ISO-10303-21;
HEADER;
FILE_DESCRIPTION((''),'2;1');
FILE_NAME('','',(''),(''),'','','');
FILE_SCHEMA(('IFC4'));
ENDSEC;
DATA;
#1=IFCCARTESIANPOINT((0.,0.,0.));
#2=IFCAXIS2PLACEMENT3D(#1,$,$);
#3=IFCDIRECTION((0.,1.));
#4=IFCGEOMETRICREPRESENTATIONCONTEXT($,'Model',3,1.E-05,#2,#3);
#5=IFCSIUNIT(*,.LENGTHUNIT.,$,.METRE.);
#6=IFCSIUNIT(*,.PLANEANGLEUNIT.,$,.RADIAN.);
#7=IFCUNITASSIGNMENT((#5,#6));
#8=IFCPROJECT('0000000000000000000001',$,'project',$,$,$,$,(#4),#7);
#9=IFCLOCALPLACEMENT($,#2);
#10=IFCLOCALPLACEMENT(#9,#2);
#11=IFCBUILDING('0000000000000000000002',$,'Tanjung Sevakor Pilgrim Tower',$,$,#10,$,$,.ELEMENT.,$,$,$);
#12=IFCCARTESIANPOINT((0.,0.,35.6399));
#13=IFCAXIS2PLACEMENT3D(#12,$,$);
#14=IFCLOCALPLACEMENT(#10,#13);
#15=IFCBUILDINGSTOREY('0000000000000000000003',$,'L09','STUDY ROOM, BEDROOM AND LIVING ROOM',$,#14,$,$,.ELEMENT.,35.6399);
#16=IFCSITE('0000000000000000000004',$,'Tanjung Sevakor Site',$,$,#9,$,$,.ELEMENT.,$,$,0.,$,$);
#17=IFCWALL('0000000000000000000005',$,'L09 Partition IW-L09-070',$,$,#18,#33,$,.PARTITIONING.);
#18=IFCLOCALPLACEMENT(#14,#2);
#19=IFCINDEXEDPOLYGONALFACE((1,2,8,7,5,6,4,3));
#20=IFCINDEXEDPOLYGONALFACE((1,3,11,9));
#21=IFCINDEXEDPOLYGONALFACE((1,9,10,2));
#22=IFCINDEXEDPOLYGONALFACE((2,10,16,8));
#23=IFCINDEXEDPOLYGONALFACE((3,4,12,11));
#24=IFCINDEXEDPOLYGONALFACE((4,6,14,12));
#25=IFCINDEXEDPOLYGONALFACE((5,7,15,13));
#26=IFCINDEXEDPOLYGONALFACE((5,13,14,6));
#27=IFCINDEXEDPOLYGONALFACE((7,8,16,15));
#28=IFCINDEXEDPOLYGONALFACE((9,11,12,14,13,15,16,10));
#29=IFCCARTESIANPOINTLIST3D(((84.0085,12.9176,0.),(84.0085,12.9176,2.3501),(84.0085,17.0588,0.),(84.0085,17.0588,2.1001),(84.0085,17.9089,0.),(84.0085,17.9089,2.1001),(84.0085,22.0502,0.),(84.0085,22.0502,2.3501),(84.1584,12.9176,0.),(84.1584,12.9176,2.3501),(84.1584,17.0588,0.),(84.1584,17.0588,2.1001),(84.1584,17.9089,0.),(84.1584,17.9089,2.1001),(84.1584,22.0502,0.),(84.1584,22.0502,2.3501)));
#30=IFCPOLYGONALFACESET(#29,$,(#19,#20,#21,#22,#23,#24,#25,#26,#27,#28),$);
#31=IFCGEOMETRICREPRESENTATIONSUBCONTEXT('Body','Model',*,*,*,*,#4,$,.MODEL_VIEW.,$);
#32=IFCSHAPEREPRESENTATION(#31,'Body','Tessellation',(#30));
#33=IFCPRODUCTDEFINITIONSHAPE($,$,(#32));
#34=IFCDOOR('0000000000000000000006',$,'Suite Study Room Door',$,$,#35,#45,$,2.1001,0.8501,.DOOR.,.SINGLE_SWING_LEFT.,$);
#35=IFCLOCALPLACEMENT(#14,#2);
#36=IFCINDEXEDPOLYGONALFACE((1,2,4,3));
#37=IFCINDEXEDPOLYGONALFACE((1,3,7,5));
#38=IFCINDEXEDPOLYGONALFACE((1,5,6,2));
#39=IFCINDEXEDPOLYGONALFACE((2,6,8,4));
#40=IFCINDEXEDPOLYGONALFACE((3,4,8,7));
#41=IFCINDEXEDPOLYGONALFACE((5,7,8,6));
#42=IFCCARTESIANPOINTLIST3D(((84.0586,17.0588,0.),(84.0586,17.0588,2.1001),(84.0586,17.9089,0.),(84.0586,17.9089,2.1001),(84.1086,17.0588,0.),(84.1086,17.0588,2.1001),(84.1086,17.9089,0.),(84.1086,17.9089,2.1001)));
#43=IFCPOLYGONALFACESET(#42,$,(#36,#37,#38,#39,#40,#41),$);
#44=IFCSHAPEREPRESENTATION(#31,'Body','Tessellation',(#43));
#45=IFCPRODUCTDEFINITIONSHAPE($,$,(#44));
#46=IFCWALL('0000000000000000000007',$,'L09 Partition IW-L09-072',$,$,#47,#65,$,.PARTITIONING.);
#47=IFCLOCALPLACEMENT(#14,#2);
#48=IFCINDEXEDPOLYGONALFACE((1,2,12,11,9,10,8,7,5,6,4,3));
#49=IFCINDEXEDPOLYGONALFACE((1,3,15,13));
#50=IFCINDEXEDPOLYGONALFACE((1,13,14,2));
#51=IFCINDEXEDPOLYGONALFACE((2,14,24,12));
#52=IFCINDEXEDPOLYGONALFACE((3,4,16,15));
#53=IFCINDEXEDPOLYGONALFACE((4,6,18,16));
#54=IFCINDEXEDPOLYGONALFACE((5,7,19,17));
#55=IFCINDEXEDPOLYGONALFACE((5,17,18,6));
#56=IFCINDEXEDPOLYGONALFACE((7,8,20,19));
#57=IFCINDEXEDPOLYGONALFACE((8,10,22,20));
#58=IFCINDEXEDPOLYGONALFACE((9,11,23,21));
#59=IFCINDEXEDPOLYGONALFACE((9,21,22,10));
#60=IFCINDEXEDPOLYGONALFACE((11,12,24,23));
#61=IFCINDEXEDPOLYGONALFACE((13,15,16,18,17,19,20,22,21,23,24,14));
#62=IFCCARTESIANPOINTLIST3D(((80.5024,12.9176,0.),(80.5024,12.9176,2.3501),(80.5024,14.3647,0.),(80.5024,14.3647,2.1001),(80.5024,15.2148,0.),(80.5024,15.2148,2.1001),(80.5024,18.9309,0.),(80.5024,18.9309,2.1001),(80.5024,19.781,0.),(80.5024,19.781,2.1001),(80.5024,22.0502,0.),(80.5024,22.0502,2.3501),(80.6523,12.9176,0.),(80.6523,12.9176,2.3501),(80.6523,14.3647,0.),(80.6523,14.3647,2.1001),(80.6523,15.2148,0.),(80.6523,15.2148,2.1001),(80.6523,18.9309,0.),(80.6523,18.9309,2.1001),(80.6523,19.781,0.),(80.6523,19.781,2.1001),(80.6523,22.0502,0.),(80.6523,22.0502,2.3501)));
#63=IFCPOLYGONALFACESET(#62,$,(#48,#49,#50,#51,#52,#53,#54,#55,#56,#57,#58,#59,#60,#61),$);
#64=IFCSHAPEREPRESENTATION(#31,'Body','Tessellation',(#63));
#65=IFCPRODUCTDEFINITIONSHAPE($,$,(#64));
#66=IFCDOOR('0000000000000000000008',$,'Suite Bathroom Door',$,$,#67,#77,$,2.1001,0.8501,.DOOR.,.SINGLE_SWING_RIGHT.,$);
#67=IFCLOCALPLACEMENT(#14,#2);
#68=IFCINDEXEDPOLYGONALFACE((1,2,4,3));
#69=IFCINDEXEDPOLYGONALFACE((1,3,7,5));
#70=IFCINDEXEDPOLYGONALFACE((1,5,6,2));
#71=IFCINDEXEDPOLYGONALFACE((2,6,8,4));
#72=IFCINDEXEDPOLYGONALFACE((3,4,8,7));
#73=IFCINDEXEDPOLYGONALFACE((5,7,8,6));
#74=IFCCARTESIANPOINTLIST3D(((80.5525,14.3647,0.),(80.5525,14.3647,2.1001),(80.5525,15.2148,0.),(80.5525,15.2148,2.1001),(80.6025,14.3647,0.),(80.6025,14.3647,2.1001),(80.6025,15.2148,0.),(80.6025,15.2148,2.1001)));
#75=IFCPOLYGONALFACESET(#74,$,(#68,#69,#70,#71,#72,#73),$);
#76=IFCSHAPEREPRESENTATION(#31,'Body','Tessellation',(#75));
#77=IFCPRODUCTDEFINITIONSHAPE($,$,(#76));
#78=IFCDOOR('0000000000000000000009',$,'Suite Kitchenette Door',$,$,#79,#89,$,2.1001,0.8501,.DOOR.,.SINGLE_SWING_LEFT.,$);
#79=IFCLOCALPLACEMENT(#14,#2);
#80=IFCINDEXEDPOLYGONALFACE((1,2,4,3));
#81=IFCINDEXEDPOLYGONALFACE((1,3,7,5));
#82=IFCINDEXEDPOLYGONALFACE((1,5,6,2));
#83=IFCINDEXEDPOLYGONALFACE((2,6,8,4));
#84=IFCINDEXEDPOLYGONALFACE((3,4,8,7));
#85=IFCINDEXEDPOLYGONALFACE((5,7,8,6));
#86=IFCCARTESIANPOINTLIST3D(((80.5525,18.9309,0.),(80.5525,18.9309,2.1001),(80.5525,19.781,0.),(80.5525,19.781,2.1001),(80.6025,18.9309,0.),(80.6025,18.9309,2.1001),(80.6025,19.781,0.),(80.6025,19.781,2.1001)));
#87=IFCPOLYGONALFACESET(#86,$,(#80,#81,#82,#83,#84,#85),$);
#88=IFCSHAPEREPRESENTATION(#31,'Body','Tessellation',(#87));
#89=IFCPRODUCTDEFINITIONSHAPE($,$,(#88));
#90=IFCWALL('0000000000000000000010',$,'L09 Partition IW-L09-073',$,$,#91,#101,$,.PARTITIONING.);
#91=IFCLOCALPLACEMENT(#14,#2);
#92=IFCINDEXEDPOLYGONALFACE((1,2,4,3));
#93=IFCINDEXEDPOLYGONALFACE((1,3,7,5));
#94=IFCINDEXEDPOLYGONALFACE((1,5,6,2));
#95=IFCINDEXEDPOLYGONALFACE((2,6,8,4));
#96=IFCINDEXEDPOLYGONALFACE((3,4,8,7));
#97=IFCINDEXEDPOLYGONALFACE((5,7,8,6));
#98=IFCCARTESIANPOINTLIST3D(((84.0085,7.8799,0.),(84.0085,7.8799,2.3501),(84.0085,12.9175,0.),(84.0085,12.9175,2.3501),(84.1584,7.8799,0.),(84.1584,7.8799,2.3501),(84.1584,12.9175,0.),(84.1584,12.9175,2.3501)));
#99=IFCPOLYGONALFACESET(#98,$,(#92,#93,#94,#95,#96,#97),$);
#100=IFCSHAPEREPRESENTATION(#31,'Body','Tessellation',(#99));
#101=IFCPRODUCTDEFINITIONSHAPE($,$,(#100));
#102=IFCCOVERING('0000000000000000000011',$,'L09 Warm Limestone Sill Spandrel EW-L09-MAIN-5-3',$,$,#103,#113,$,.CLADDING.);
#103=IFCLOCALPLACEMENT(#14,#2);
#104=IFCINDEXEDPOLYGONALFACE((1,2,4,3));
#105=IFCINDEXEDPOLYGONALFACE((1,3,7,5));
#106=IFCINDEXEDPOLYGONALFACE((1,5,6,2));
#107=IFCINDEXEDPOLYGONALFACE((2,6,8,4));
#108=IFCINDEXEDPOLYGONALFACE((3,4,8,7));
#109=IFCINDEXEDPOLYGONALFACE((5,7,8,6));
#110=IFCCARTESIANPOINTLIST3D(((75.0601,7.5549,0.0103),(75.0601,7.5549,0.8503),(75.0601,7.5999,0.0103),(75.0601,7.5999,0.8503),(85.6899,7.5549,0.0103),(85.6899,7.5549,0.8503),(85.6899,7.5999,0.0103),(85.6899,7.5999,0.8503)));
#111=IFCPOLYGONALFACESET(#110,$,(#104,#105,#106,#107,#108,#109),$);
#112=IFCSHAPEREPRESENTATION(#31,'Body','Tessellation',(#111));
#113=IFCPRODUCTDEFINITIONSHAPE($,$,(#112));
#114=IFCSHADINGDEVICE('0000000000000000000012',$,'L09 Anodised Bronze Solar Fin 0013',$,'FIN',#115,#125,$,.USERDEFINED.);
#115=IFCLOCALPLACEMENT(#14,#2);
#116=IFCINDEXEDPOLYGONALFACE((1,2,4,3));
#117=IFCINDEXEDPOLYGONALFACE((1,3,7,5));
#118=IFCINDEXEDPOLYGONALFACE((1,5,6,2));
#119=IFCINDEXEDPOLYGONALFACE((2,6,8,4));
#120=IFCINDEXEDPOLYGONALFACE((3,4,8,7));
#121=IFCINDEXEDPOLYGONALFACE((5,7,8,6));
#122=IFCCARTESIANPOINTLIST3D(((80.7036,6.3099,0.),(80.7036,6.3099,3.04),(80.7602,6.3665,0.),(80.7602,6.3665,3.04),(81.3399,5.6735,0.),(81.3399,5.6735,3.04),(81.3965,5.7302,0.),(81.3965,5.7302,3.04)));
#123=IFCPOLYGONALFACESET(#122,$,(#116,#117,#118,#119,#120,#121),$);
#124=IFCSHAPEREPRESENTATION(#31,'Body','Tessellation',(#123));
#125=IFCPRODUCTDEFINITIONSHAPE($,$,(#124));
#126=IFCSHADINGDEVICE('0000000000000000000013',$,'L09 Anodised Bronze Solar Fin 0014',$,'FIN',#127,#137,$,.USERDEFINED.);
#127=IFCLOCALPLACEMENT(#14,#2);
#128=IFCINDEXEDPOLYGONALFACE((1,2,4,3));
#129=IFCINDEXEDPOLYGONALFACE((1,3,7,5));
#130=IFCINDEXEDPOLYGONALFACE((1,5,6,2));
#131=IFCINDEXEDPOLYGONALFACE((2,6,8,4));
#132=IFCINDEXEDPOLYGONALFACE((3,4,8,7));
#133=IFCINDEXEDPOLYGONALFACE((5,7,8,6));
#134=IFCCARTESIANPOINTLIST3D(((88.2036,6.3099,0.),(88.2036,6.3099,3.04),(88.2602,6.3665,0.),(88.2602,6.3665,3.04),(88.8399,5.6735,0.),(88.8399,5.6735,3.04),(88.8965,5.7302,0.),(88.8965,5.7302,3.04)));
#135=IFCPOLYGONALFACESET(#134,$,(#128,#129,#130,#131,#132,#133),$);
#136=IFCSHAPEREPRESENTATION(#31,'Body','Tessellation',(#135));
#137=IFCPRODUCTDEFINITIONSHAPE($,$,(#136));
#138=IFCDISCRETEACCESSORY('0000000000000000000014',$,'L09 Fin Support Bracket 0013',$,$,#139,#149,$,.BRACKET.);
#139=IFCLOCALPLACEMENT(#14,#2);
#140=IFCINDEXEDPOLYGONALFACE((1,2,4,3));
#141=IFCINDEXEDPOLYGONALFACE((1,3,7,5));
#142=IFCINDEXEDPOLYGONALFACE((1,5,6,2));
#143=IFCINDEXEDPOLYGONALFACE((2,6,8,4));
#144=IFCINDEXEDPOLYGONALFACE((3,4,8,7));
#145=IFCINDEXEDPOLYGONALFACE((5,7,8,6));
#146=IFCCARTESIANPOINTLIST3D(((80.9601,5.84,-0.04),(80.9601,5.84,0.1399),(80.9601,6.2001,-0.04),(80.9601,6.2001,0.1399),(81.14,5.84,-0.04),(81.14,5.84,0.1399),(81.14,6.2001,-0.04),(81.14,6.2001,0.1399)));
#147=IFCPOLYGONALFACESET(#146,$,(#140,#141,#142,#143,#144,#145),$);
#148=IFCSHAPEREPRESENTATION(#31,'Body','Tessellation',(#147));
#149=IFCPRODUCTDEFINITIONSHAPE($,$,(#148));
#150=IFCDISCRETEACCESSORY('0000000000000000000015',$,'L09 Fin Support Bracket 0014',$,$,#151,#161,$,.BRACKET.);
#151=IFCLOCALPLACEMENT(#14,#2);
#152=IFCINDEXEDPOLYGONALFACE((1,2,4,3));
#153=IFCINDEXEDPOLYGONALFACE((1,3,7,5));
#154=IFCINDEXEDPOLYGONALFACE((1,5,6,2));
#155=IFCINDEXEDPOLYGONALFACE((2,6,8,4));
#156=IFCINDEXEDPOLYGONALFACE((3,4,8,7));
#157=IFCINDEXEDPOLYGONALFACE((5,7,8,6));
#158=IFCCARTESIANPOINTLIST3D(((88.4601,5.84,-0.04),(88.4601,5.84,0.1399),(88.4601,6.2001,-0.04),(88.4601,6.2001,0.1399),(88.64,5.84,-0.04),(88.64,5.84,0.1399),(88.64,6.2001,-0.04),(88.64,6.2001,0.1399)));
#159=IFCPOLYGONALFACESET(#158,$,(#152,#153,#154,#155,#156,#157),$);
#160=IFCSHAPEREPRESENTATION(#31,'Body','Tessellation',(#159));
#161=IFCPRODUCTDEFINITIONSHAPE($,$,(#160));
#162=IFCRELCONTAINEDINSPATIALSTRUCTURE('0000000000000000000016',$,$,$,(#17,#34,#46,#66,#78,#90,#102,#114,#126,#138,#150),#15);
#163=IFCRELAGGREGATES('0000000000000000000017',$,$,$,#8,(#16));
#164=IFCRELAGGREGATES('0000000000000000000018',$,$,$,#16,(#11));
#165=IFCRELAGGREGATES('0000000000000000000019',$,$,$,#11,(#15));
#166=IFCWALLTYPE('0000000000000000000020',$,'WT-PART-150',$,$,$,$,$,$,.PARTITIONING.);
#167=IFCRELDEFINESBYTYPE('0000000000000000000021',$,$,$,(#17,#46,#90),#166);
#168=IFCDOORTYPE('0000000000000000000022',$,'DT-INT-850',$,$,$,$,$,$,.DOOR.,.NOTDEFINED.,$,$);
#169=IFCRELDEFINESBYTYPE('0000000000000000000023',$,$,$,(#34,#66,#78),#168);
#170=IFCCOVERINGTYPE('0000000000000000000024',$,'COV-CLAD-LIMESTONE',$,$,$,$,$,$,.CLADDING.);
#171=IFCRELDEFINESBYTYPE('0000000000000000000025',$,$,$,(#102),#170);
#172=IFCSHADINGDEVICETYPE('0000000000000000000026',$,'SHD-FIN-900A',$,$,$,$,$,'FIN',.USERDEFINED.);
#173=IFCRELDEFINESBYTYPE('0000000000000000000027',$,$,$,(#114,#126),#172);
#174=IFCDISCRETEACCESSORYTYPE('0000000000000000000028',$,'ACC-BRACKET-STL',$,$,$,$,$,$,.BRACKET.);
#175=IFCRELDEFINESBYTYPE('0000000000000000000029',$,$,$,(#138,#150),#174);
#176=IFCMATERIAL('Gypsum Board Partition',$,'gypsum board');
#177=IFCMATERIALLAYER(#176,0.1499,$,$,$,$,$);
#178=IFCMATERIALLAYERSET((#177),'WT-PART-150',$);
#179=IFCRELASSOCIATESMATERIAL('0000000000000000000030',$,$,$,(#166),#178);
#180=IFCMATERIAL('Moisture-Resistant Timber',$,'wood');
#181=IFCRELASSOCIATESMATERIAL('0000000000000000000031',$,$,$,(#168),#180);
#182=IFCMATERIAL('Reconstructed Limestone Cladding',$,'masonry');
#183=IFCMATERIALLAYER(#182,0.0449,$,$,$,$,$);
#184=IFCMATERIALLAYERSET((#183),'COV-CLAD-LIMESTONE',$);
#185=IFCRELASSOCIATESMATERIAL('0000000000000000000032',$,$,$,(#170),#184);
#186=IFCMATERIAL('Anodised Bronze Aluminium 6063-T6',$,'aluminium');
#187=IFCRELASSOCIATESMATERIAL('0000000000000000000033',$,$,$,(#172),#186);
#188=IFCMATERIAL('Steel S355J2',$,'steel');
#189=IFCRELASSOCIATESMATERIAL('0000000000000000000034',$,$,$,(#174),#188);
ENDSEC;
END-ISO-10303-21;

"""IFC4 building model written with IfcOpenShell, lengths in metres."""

from ifc_helpers import new_model, si_unit, direction, frame, frame_2d, origin, origin_2d, place, context, subcontext, project, spatial, rectangle, extrude, material, layer, layer_set, type_object, element, fill, save


model = new_model("IFC4")

# Units and contexts
model_context = context("Model", 3, precision=1e-05, world=origin(), true_north=direction((0.0, 1.0)))
body_context = subcontext(model_context, "Body", "Model", "MODEL_VIEW")
ifc_project = project(units=[si_unit("LENGTHUNIT", "METRE"), si_unit("PLANEANGLEUNIT", "RADIAN")], contexts=[model_context])

# Site, building, storey
site_placement = place(None, origin())
site = spatial("IfcSite", under=ifc_project, at=site_placement, Name="Tanjung Sevakor Site", CompositionType="ELEMENT", RefElevation=0.0)
building_placement = place(site_placement, origin())
building = spatial("IfcBuilding", under=site, at=building_placement, Name="Tanjung Sevakor Pilgrim Tower", CompositionType="ELEMENT")
storey_placement = place(building_placement, frame((0.0, 0.0, 35.6399)))
storey = spatial("IfcBuildingStorey", under=building, at=storey_placement, Name="L09", Description="STUDY ROOM, BEDROOM AND LIVING ROOM", CompositionType="ELEMENT", Elevation=35.6399)

# Wall, opening, door
ifc_material_1 = material(Name="Gypsum Board Partition", Category="gypsum board")
ifc_layer_1 = layer(ifc_material_1, 0.1499)
ifc_layer_set_1 = layer_set([ifc_layer_1], Name="WT-PART-150")
wall_type_1 = type_object("IfcWallType", Name="WT-PART-150", PredefinedType="PARTITIONING", material=ifc_layer_set_1)
wall_1_placement = place(storey_placement, frame((84.0835, 12.9175, 0.0), z_axis=(0.0, 0.0, 1.0), x_axis=(0.0, 1.0, 0.0)))
wall_1 = element("IfcWall", 1, at=wall_1_placement, inside=storey, type_object=wall_type_1, Name="L09 Partition IW-L09-070", PredefinedType="PARTITIONING", context=body_context, shape_type="SweptSolid", body=[
    extrude(rectangle(XDim=9.1326, YDim=0.1499, at=frame_2d((4.5664, 0.0))), origin(), (0.0, 0.0, 1.0), 2.3501),
])
opening_1_placement = place(wall_1_placement, frame((4.1414, 0.0, 0.0)))
opening_1 = element("IfcOpeningElement", 2, at=opening_1_placement, cuts=wall_1, PredefinedType="OPENING", context=body_context, shape_type="SweptSolid", body=[
    extrude(rectangle(XDim=0.8501, YDim=2.1001, at=frame_2d((0.425, 1.05))), frame((0.0, 0.085, 0.0), z_axis=(0.0, -1.0, 0.0), x_axis=(1.0, 0.0, 0.0)), (0.0, 0.0, 1.0), 0.1699),
])
ifc_material_2 = material(Name="Moisture-Resistant Timber", Category="wood")
door_type = type_object("IfcDoorType", Name="DT-INT-850", OperationType="NOTDEFINED", PredefinedType="DOOR", material=ifc_material_2)
door_1_placement = place(opening_1_placement, origin())
door_1 = element("IfcDoor", 3, at=door_1_placement, inside=storey, type_object=door_type, Name="Suite Study Room Door", OperationType="SINGLE_SWING_LEFT", OverallHeight=2.1001, OverallWidth=0.8501, PredefinedType="DOOR", context=body_context, shape_type="SweptSolid", body=[
    extrude(rectangle(XDim=0.8501, YDim=2.1001, at=frame_2d((0.425, 1.05))), frame((0.0, 0.0249, 0.0), z_axis=(0.0, -1.0, 0.0), x_axis=(1.0, 0.0, 0.0)), (0.0, 0.0, 1.0), 0.05),
])
fill(opening_1, door_1)

# Wall, openings, doors
wall_2_placement = place(storey_placement, frame((80.5774, 12.9175, 0.0), z_axis=(0.0, 0.0, 1.0), x_axis=(0.0, 1.0, 0.0)))
wall_2 = element("IfcWall", 4, at=wall_2_placement, inside=storey, type_object=wall_type_1, Name="L09 Partition IW-L09-072", PredefinedType="PARTITIONING", context=body_context, shape_type="SweptSolid", body=[
    extrude(rectangle(XDim=9.1326, YDim=0.1499, at=frame_2d((4.5664, 0.0))), origin(), (0.0, 0.0, 1.0), 2.3501),
])
opening_2_placement = place(wall_2_placement, frame((1.4473, 0.0, 0.0)))
opening_2 = element("IfcOpeningElement", 5, at=opening_2_placement, cuts=wall_2, PredefinedType="OPENING", context=body_context, shape_type="SweptSolid", body=[
    extrude(rectangle(XDim=0.8501, YDim=2.1001, at=frame_2d((0.425, 1.05))), frame((0.0, 0.085, 0.0), z_axis=(0.0, -1.0, 0.0), x_axis=(1.0, 0.0, 0.0)), (0.0, 0.0, 1.0), 0.1699),
])
opening_3_placement = place(wall_2_placement, frame((6.0134, 0.0, 0.0)))
opening_3 = element("IfcOpeningElement", 6, at=opening_3_placement, cuts=wall_2, PredefinedType="OPENING", context=body_context, shape_type="SweptSolid", body=[
    extrude(rectangle(XDim=0.8501, YDim=2.1001, at=frame_2d((0.425, 1.05))), frame((0.0, 0.085, 0.0), z_axis=(0.0, -1.0, 0.0), x_axis=(1.0, 0.0, 0.0)), (0.0, 0.0, 1.0), 0.1699),
])
door_2_placement = place(opening_2_placement, origin())
door_2 = element("IfcDoor", 7, at=door_2_placement, inside=storey, type_object=door_type, Name="Suite Bathroom Door", OperationType="SINGLE_SWING_RIGHT", OverallHeight=2.1001, OverallWidth=0.8501, PredefinedType="DOOR", context=body_context, shape_type="SweptSolid", body=[
    extrude(rectangle(XDim=0.8501, YDim=2.1001, at=frame_2d((0.425, 1.05))), frame((0.0, 0.0249, 0.0), z_axis=(0.0, -1.0, 0.0), x_axis=(1.0, 0.0, 0.0)), (0.0, 0.0, 1.0), 0.05),
])
fill(opening_2, door_2)
door_3_placement = place(opening_3_placement, origin())
door_3 = element("IfcDoor", 8, at=door_3_placement, inside=storey, type_object=door_type, Name="Suite Kitchenette Door", OperationType="SINGLE_SWING_LEFT", OverallHeight=2.1001, OverallWidth=0.8501, PredefinedType="DOOR", context=body_context, shape_type="SweptSolid", body=[
    extrude(rectangle(XDim=0.8501, YDim=2.1001, at=frame_2d((0.425, 1.05))), frame((0.0, 0.0249, 0.0), z_axis=(0.0, -1.0, 0.0), x_axis=(1.0, 0.0, 0.0)), (0.0, 0.0, 1.0), 0.05),
])
fill(opening_3, door_3)

# Wall
wall_3_placement = place(storey_placement, frame((84.0835, 7.8799, 0.0), z_axis=(0.0, 0.0, 1.0), x_axis=(0.0, 1.0, 0.0)))
element("IfcWall", 9, at=wall_3_placement, inside=storey, type_object=wall_type_1, Name="L09 Partition IW-L09-073", PredefinedType="PARTITIONING", context=body_context, shape_type="SweptSolid", body=[
    extrude(rectangle(XDim=5.0376, YDim=0.1499, at=frame_2d((2.5188, 0.0))), origin(), (0.0, 0.0, 1.0), 2.3501),
])

# Covering
ifc_material_3 = material(Name="Reconstructed Limestone Cladding", Category="masonry")
ifc_layer_2 = layer(ifc_material_3, 0.0449)
ifc_layer_set_2 = layer_set([ifc_layer_2], Name="COV-CLAD-LIMESTONE")
covering_type = type_object("IfcCoveringType", Name="COV-CLAD-LIMESTONE", PredefinedType="CLADDING", material=ifc_layer_set_2)
covering_placement = place(storey_placement, frame((80.375, 7.5774, 0.0103), z_axis=(0.0, 0.0, 1.0), x_axis=(1.0, 0.0, 0.0)))
element("IfcCovering", 10, at=covering_placement, inside=storey, type_object=covering_type, Name="L09 Warm Limestone Sill Spandrel EW-L09-MAIN-5-3", PredefinedType="CLADDING", context=body_context, shape_type="SweptSolid", body=[
    extrude(rectangle(XDim=10.6299, YDim=0.0449, at=origin_2d()), origin(), (0.0, 0.0, 1.0), 0.8401),
])

# Shading devices
ifc_material_4 = material(Name="Anodised Bronze Aluminium 6063-T6", Category="aluminium")
shading_device_type = type_object("IfcShadingDeviceType", Name="SHD-FIN-900A", ElementType="FIN", PredefinedType="USERDEFINED", material=ifc_material_4)
for number, where, z_axis, x_axis, name in (
    (11, (81.05, 6.02, 0.0), (0.0, 0.0, 1.0), (0.707107, 0.707107, 0.0), "L09 Anodised Bronze Solar Fin 0013"),
    (12, (88.55, 6.02, 0.0), (0.0, 0.0, 1.0), (0.707107, 0.707107, 0.0), "L09 Anodised Bronze Solar Fin 0014"),
):
    element("IfcShadingDevice", number, at=place(storey_placement, frame(where, z_axis=z_axis, x_axis=x_axis)), inside=storey, type_object=shading_device_type, Name=name, ObjectType="FIN", PredefinedType="USERDEFINED", context=body_context, shape_type="SweptSolid", body=[
        extrude(rectangle(XDim=0.0801, YDim=0.8999, at=origin_2d()), origin(), (0.0, 0.0, 1.0), 3.04),
    ])

# Discrete accessories
ifc_material_5 = material(Name="Steel S355J2", Category="steel")
discrete_accessory_type = type_object("IfcDiscreteAccessoryType", Name="ACC-BRACKET-STL", PredefinedType="BRACKET", material=ifc_material_5)
for number, where, z_axis, x_axis, name in (
    (13, (81.05, 6.02, -0.04), (0.0, 0.0, 1.0), (1.0, 0.0, 0.0), "L09 Fin Support Bracket 0013"),
    (14, (88.55, 6.02, -0.04), (0.0, 0.0, 1.0), (1.0, 0.0, 0.0), "L09 Fin Support Bracket 0014"),
):
    element("IfcDiscreteAccessory", number, at=place(storey_placement, frame(where, z_axis=z_axis, x_axis=x_axis)), inside=storey, type_object=discrete_accessory_type, Name=name, PredefinedType="BRACKET", context=body_context, shape_type="SweptSolid", body=[
        extrude(rectangle(XDim=0.1799, YDim=0.3601, at=origin_2d()), origin(), (0.0, 0.0, 1.0), 0.1799),
    ])

save(model, "model.ifc")
